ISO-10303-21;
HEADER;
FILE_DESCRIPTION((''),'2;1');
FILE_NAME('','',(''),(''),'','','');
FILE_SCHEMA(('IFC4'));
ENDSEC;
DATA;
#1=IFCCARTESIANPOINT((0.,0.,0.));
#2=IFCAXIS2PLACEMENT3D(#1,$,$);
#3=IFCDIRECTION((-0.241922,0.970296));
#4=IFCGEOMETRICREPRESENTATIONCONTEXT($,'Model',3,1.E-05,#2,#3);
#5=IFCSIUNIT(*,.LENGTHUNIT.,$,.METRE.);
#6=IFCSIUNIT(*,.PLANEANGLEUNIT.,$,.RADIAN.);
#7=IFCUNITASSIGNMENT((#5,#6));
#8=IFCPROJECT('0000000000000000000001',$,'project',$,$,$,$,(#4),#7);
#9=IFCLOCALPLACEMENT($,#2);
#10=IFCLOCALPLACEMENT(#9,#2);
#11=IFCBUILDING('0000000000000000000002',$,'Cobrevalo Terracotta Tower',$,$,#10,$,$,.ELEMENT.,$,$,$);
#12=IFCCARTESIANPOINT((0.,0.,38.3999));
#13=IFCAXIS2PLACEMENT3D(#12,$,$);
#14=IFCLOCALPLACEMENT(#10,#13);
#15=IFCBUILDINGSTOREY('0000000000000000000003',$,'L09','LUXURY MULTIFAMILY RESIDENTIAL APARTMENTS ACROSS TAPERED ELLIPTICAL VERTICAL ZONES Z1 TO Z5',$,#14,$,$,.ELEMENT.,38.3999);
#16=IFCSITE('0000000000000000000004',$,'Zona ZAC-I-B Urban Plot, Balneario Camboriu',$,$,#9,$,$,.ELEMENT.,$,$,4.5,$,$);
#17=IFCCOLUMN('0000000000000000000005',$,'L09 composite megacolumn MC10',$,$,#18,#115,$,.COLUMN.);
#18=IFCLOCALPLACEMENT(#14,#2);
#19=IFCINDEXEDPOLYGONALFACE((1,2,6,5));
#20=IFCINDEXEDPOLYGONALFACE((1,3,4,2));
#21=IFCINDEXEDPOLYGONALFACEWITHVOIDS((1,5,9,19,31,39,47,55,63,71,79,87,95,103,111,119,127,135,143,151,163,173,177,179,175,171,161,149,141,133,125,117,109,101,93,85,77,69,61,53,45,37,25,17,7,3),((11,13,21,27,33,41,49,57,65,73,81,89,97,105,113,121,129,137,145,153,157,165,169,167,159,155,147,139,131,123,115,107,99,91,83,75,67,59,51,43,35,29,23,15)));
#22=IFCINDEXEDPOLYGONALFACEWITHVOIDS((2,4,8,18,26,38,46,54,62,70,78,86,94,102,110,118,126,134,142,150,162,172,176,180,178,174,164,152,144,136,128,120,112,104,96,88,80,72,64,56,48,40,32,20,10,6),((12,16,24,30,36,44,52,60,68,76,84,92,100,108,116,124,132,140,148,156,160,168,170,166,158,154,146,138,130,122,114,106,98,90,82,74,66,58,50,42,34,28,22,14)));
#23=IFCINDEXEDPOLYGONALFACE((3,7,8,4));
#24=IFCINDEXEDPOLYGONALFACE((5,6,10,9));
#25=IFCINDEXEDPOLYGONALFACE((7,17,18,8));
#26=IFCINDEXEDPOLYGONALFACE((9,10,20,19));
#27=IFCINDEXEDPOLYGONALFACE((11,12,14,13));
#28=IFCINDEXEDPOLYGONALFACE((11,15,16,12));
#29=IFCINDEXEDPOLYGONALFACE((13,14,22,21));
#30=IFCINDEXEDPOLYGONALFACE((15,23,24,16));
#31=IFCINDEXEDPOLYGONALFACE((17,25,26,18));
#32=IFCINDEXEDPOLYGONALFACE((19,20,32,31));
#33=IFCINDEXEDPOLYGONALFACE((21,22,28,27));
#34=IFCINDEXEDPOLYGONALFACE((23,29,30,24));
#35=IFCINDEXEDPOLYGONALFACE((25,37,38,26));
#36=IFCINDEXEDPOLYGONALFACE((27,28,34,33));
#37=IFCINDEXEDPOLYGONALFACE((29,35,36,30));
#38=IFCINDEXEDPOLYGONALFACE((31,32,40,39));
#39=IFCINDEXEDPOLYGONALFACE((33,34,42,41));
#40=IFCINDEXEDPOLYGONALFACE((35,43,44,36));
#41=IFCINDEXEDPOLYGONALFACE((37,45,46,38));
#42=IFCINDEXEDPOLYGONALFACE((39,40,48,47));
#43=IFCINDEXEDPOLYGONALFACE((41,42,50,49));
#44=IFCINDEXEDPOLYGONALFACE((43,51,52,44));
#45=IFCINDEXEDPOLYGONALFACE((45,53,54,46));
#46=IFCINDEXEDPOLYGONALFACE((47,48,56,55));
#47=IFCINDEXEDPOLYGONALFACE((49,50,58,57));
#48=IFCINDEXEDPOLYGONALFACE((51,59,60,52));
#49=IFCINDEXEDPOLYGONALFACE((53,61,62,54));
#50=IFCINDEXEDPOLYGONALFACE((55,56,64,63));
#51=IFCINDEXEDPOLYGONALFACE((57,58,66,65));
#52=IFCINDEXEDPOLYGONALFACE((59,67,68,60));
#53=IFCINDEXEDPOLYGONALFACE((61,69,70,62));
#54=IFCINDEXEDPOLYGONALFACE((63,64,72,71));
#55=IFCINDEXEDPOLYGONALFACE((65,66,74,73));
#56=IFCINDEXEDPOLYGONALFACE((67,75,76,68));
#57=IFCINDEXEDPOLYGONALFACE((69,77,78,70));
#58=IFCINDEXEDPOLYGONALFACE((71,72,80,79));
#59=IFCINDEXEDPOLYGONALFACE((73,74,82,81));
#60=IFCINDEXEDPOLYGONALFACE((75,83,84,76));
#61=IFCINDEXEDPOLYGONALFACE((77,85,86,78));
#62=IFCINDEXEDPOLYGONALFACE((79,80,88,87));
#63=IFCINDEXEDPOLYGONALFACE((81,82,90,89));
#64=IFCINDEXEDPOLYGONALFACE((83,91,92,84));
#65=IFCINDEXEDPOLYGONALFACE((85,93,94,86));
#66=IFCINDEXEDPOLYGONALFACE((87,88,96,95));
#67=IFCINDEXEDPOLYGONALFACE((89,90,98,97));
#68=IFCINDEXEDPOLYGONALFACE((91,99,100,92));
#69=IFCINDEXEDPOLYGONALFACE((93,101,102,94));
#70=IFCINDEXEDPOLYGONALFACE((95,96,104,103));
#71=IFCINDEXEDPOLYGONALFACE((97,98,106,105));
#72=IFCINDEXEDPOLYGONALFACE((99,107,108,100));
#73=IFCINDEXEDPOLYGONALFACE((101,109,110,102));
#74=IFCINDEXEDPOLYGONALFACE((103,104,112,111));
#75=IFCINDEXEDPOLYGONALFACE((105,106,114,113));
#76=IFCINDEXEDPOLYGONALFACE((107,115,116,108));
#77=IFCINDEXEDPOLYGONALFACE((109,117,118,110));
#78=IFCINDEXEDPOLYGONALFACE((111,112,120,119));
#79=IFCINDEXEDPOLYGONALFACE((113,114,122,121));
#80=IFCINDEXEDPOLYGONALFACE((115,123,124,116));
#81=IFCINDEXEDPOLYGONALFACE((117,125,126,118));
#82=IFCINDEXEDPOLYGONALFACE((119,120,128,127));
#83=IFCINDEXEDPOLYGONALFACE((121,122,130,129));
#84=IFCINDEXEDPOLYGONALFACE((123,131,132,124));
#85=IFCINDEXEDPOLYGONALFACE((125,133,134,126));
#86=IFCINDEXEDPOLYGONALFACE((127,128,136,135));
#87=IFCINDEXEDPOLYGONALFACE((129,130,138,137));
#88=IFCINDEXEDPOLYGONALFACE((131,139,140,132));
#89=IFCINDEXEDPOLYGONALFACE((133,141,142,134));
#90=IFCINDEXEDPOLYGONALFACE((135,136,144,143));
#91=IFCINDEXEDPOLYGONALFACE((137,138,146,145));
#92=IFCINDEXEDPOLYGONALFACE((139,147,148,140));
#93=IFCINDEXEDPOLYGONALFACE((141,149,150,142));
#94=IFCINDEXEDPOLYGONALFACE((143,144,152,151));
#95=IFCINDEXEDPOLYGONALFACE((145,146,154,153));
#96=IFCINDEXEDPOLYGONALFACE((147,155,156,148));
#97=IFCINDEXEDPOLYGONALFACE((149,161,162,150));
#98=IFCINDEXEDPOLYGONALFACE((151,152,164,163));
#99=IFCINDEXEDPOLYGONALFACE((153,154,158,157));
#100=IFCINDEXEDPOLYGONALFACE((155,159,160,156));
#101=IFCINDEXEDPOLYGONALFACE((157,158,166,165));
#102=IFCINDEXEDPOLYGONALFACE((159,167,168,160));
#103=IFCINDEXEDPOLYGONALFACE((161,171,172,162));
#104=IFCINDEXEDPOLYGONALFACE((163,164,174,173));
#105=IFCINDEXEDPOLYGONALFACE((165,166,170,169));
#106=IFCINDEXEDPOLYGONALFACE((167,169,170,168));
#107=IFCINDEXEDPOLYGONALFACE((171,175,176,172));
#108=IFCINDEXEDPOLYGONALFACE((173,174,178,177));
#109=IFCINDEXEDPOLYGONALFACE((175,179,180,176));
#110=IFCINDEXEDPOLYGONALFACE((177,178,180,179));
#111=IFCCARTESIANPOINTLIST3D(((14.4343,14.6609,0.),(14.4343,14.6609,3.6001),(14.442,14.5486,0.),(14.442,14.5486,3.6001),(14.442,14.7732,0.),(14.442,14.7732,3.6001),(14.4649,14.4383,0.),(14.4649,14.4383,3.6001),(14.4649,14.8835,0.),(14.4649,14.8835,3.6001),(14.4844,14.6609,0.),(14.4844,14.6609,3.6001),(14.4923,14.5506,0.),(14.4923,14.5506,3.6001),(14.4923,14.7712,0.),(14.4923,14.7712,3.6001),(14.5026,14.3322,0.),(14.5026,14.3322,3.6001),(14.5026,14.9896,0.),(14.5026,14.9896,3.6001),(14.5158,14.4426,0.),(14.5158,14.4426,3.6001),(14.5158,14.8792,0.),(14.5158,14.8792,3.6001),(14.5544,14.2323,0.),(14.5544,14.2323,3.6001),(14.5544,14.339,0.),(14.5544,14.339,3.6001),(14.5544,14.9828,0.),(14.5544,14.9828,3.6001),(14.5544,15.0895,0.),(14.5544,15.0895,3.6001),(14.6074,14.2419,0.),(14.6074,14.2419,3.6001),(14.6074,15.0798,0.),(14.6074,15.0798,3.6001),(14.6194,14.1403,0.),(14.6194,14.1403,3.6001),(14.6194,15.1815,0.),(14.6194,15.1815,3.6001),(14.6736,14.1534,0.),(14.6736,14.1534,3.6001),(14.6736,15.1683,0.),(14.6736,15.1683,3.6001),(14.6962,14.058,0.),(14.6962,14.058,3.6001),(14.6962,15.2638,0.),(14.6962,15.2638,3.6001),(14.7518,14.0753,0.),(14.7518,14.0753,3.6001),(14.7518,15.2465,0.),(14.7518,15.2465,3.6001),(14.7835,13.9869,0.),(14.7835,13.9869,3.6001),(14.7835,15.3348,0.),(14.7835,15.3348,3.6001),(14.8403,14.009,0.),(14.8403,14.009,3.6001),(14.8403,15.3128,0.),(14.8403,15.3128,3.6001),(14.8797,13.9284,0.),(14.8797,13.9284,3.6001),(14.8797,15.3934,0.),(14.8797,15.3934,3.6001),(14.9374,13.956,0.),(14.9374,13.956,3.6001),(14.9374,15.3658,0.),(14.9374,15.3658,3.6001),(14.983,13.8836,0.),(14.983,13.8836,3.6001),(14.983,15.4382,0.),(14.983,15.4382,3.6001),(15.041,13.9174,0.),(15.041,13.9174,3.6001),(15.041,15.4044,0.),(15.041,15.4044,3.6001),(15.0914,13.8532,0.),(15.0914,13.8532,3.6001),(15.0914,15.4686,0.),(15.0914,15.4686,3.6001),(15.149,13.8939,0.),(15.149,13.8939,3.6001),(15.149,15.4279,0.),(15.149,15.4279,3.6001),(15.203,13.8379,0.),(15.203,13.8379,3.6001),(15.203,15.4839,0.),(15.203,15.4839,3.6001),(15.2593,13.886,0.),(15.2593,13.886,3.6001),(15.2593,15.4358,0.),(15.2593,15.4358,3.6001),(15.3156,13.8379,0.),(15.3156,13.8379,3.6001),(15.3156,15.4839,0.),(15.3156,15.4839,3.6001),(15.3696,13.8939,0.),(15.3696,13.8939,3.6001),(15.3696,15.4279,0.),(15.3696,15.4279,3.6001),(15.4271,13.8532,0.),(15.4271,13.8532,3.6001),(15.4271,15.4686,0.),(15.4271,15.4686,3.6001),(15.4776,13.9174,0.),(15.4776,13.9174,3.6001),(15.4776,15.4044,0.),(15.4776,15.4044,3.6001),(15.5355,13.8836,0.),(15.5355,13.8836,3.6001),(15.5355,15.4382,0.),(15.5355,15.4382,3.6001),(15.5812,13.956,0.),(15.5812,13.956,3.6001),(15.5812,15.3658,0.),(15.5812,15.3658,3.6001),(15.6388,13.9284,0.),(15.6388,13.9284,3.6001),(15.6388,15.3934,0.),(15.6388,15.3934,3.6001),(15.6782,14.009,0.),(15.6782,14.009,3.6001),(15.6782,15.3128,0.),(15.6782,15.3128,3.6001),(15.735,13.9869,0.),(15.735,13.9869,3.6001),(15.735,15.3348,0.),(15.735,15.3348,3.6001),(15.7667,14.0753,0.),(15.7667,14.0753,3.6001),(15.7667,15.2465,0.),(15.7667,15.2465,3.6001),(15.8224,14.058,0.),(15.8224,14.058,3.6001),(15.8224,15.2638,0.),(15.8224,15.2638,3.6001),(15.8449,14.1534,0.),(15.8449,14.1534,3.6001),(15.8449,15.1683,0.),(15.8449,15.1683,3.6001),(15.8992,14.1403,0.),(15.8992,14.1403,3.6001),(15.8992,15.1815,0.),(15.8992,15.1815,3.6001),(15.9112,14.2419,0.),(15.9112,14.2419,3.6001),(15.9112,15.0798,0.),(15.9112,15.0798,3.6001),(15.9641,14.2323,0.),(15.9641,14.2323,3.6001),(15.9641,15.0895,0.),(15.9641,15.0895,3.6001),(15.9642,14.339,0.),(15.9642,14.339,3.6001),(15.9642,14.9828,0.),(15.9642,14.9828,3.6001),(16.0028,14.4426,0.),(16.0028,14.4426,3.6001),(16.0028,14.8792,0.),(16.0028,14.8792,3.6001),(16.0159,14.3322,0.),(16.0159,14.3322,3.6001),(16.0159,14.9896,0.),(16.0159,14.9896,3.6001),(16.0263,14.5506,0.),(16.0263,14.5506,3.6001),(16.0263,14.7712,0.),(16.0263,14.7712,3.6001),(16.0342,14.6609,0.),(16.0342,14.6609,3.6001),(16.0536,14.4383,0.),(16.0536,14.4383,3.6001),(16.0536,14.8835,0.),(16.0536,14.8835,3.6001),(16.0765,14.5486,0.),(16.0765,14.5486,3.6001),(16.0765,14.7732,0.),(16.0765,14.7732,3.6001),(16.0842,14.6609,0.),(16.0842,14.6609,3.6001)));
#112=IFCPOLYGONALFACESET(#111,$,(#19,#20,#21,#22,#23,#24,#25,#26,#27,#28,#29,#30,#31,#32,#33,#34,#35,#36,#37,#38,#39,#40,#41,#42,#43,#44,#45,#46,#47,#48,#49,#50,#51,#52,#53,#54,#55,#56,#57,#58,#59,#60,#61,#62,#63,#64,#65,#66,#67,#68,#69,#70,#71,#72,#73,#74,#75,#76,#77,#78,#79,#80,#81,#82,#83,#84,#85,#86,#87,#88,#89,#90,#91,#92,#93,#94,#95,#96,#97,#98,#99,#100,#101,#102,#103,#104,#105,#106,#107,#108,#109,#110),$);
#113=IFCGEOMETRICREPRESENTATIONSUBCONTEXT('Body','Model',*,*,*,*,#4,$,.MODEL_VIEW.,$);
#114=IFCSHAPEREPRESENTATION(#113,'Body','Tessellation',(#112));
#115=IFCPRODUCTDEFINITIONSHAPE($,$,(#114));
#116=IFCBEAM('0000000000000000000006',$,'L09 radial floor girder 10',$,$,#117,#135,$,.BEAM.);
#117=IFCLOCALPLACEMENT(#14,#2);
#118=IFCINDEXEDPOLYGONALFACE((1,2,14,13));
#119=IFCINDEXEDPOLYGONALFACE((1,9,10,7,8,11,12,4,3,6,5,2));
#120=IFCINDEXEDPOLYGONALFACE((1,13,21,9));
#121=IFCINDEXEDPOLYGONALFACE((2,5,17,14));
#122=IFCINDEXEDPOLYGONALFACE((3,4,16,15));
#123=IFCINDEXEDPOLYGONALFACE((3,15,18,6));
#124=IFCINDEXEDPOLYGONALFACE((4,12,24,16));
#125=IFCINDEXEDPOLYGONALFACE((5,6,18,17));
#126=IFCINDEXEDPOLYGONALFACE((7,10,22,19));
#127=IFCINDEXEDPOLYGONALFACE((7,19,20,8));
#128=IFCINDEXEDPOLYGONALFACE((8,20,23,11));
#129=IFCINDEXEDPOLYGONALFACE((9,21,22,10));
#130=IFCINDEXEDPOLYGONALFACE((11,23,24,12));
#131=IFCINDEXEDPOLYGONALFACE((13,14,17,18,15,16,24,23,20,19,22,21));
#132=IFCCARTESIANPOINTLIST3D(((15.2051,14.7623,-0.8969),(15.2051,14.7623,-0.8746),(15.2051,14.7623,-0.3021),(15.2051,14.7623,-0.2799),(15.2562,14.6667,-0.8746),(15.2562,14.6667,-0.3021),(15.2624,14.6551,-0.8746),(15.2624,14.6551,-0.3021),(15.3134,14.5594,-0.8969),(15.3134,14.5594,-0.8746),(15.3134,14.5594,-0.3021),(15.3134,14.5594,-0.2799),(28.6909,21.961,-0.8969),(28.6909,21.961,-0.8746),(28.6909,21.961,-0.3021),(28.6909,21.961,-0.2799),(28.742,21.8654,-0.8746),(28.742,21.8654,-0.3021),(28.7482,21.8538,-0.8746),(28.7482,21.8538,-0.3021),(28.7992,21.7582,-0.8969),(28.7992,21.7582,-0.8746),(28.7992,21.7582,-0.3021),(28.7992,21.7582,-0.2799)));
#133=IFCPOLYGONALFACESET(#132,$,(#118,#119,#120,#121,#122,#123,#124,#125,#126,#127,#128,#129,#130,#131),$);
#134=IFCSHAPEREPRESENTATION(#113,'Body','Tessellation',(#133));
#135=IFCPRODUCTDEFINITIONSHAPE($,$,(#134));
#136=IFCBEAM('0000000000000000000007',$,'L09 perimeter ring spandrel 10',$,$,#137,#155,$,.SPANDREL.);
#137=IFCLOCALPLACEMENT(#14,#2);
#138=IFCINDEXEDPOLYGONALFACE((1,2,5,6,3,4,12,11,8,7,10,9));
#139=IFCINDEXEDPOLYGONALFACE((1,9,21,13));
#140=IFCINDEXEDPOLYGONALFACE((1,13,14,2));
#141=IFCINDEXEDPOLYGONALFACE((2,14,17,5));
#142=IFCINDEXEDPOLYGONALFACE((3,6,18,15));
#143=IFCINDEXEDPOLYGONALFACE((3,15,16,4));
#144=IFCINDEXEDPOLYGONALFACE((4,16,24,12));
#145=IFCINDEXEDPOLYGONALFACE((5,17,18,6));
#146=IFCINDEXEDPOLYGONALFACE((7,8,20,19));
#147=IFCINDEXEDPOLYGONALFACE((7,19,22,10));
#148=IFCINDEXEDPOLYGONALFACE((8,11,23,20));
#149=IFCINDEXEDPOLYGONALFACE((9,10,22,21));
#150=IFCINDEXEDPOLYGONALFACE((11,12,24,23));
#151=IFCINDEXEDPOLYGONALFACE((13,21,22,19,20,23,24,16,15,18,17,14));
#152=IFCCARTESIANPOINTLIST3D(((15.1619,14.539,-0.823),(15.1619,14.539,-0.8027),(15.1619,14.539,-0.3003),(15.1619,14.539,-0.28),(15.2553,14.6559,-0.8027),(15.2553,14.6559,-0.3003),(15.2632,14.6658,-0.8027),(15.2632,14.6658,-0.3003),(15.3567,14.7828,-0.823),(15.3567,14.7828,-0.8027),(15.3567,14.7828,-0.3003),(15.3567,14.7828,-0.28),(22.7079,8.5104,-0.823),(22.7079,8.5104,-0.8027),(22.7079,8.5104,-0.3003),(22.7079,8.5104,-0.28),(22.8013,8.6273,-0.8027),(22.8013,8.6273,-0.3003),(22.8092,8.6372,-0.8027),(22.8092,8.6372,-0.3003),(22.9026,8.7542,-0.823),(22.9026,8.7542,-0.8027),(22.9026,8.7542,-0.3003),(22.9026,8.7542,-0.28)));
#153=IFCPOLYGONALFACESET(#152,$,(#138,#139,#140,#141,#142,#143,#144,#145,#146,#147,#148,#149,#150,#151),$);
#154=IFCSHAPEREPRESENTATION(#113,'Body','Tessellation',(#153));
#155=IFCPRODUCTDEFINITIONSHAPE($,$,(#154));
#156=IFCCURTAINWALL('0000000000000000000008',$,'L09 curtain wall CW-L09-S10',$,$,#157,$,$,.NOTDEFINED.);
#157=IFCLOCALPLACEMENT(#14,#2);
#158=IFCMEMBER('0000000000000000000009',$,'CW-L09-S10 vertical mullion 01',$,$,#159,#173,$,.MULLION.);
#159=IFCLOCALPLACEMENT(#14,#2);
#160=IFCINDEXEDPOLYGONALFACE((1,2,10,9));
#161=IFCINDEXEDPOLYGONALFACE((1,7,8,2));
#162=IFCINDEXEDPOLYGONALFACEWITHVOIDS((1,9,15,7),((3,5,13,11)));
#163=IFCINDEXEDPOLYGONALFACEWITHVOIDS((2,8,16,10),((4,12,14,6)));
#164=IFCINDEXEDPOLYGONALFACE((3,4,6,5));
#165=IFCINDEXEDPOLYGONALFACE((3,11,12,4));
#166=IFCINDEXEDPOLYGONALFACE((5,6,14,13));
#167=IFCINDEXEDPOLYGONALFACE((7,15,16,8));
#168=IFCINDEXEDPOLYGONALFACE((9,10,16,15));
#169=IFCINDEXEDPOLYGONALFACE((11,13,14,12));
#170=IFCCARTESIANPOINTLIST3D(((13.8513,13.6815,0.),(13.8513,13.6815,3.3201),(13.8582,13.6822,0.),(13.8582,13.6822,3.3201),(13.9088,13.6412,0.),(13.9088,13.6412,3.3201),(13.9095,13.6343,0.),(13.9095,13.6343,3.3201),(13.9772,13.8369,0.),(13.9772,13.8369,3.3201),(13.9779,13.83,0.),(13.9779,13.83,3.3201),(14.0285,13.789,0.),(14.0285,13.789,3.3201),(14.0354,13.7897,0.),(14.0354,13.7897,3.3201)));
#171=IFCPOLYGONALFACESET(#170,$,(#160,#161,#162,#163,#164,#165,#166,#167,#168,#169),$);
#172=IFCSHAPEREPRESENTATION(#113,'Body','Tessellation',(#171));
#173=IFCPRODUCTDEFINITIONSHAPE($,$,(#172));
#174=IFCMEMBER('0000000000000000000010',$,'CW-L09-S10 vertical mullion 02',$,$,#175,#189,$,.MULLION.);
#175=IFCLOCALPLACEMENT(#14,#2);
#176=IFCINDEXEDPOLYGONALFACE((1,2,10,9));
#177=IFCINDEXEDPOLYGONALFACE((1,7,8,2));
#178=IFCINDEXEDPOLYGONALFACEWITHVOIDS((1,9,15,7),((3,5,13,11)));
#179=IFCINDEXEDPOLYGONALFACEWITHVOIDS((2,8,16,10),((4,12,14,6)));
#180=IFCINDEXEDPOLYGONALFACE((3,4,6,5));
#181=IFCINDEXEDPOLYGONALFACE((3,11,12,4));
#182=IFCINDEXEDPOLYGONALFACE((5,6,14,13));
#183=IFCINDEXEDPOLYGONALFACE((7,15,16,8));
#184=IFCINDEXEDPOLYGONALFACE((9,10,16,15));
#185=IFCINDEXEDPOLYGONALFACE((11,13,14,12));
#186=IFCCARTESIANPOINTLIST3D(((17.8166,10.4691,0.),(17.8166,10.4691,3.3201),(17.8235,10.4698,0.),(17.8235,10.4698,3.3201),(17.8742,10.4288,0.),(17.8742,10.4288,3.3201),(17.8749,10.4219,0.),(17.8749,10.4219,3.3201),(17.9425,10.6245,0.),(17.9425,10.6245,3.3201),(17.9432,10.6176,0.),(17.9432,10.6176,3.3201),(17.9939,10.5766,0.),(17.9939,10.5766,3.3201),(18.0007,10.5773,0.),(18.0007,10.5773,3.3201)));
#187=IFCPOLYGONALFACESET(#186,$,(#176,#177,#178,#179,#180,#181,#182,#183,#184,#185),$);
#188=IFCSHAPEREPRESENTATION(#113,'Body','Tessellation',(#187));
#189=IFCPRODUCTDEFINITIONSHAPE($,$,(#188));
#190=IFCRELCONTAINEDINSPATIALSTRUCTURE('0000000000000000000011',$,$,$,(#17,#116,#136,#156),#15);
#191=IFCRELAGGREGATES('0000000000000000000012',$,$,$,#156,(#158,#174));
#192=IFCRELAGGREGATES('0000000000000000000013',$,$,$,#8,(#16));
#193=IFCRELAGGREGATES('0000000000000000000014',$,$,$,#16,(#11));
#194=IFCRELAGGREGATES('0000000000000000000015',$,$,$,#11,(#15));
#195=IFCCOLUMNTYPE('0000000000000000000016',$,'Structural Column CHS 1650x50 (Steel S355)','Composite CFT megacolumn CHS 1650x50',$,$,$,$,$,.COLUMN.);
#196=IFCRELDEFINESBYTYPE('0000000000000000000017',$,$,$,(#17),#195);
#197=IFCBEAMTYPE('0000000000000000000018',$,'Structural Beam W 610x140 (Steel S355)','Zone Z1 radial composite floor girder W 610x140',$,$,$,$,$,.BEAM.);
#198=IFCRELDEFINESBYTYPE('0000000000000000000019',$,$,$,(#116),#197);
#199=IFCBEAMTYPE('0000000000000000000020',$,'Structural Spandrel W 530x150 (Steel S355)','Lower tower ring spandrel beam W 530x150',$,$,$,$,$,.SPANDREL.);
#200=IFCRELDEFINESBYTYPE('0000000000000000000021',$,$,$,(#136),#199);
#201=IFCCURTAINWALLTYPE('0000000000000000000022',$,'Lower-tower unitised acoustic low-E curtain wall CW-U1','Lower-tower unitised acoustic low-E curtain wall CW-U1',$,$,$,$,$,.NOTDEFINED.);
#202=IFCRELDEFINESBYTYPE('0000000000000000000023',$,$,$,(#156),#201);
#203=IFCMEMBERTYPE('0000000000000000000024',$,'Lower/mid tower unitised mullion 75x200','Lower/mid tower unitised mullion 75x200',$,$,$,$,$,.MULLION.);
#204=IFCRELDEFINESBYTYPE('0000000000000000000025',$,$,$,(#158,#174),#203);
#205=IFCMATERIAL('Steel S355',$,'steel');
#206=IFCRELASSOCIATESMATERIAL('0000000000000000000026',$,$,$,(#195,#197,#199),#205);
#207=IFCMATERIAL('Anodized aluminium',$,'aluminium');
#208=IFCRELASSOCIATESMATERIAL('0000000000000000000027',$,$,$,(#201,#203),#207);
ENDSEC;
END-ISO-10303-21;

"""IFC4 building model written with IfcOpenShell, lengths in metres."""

from ifc_helpers import new_model, si_unit, direction, frame, origin, origin_2d, place, context, subcontext, project, spatial, hollow_rectangle, hollow_circle, i_section, extrude, source, transform, mapped, material, material_profile, profile_set, type_object, element, aggregate, save


model = new_model("IFC4")

# Units and contexts
model_context = context("Model", 3, precision=1e-05, world=origin(), true_north=direction((-0.241922, 0.970296)))
body_context = subcontext(model_context, "Body", "Model", "MODEL_VIEW")
ifc_project = project(units=[si_unit("LENGTHUNIT", "METRE"), si_unit("PLANEANGLEUNIT", "RADIAN")], contexts=[model_context])

# Site, building, storey
site_placement = place(None, origin())
site = spatial("IfcSite", under=ifc_project, at=site_placement, Name="Zona ZAC-I-B Urban Plot, Balneario Camboriu", CompositionType="ELEMENT", RefElevation=4.5)
building_placement = place(site_placement, origin())
building = spatial("IfcBuilding", under=site, at=building_placement, Name="Cobrevalo Terracotta Tower", CompositionType="ELEMENT")
storey_placement = place(building_placement, frame((0.0, 0.0, 38.3999)))
storey = spatial("IfcBuildingStorey", under=building, at=storey_placement, Name="L09", Description="LUXURY MULTIFAMILY RESIDENTIAL APARTMENTS ACROSS TAPERED ELLIPTICAL VERTICAL ZONES Z1 TO Z5", CompositionType="ELEMENT", Elevation=38.3999)

# Column
ifc_material_1 = material(Name="Steel S355", Category="steel")
ifc_material_profile_1 = material_profile(ifc_material_1, hollow_circle(Radius=0.825, WallThickness=0.05, at=origin_2d()), Name="CHS 1650x50")
ifc_profile_set_1 = profile_set([ifc_material_profile_1], Name="Steel S355")
column_type = type_object("IfcColumnType", Name="Structural Column CHS 1650x50 (Steel S355)", Description="Composite CFT megacolumn CHS 1650x50", PredefinedType="COLUMN", material=ifc_profile_set_1)
for number, where, z_axis, x_axis, name in (
    (1, (15.2593, 14.6609, 0.0), (0.0, 0.0, 1.0), (1.0, 0.0, 0.0), "L09 composite megacolumn MC10"),
):
    element("IfcColumn", number, at=place(storey_placement, frame(where, z_axis=z_axis, x_axis=x_axis)), inside=storey, type_object=column_type, Name=name, PredefinedType="COLUMN", context=body_context, shape_type="SweptSolid", body=[
        extrude(hollow_circle(Radius=0.825, WallThickness=0.05, at=origin_2d()), origin(), (0.0, 0.0, 1.0), 3.6001),
    ])

# Beams
ifc_material_profile_2 = material_profile(ifc_material_1, i_section(OverallWidth=0.23, OverallDepth=0.6169, WebThickness=0.0132, FlangeThickness=0.0222, at=origin_2d()), Name="W 610x140")
ifc_profile_set_2 = profile_set([ifc_material_profile_2], Name="Steel S355")
beam_type_1 = type_object("IfcBeamType", Name="Structural Beam W 610x140 (Steel S355)", Description="Zone Z1 radial composite floor girder W 610x140", PredefinedType="BEAM", material=ifc_profile_set_2)
beam_1_placement = place(storey_placement, frame((15.2593, 14.6609, -0.5884), z_axis=(0.882182, 0.470908, 0.0), x_axis=(-0.470908, 0.882182, 0.0)))
element("IfcBeam", 2, at=beam_1_placement, inside=storey, type_object=beam_type_1, Name="L09 radial floor girder 10", PredefinedType="BEAM", context=body_context, shape_type="SweptSolid", body=[
    extrude(i_section(OverallWidth=0.23, OverallDepth=0.6169, WebThickness=0.0132, FlangeThickness=0.0222, at=origin_2d()), origin(), (0.0, 0.0, 1.0), 15.2869),
])
ifc_material_profile_3 = material_profile(ifc_material_1, i_section(OverallWidth=0.312, OverallDepth=0.543, WebThickness=0.0127, FlangeThickness=0.0203, at=origin_2d()), Name="W 530x150")
ifc_profile_set_3 = profile_set([ifc_material_profile_3], Name="Steel S355")
beam_type_2 = type_object("IfcBeamType", Name="Structural Spandrel W 530x150 (Steel S355)", Description="Lower tower ring spandrel beam W 530x150", PredefinedType="SPANDREL", material=ifc_profile_set_3)
beam_2_placement = place(storey_placement, frame((15.2593, 14.6609, -0.5515), z_axis=(0.78128, -0.62418, 0.0), x_axis=(0.62418, 0.78128, 0.0)))
element("IfcBeam", 3, at=beam_2_placement, inside=storey, type_object=beam_type_2, Name="L09 perimeter ring spandrel 10", PredefinedType="SPANDREL", context=body_context, shape_type="SweptSolid", body=[
    extrude(i_section(OverallWidth=0.312, OverallDepth=0.543, WebThickness=0.0127, FlangeThickness=0.0203, at=origin_2d()), origin(), (0.0, 0.0, 1.0), 9.6584),
])

# Curtain wall, members
ifc_material_2 = material(Name="Anodized aluminium", Category="aluminium")
curtain_wall_type = type_object("IfcCurtainWallType", Name="Lower-tower unitised acoustic low-E curtain wall CW-U1", Description="Lower-tower unitised acoustic low-E curtain wall CW-U1", PredefinedType="NOTDEFINED", material=ifc_material_2)
curtain_wall_placement = place(storey_placement, origin())
curtain_wall = element("IfcCurtainWall", 4, at=curtain_wall_placement, inside=storey, type_object=curtain_wall_type, Name="L09 curtain wall CW-L09-S10", PredefinedType="NOTDEFINED")
ifc_material_profile_4 = material_profile(ifc_material_2, hollow_rectangle(XDim=0.075, YDim=0.2, WallThickness=0.0049, at=origin_2d()), Name="CWM 75x200")
ifc_profile_set_4 = profile_set([ifc_material_profile_4], Name="Anodized aluminium")
member_type_1 = type_object("IfcMemberType", Name="Lower/mid tower unitised mullion 75x200", Description="Lower/mid tower unitised mullion 75x200", PredefinedType="MULLION", material=ifc_profile_set_4)
shared_shape_1 = source(origin(), body_context, "Body", "SweptSolid", [
    extrude(hollow_rectangle(XDim=0.075, YDim=0.2, WallThickness=0.0049, at=origin_2d()), origin(), (0.0, 0.0, 1.0), 3.3201),
])
member_1_placement = place(storey_placement, frame((13.9434, 13.7356, 0.0), z_axis=(0.0, 0.0, 1.0), x_axis=(0.777003, -0.629497, 0.0)))
member_1 = element("IfcMember", 5, at=member_1_placement, type_object=member_type_1, Name="CW-L09-S10 vertical mullion 01", PredefinedType="MULLION", context=body_context, shape_type="MappedRepresentation", body=[
    mapped(shared_shape_1, transform((0.0, 0.0, 0.0), scale=1.0)),
])
member_2_placement = place(storey_placement, frame((17.9087, 10.5232, 0.0), z_axis=(0.0, 0.0, 1.0), x_axis=(0.777003, -0.629497, 0.0)))
member_2 = element("IfcMember", 6, at=member_2_placement, type_object=member_type_1, Name="CW-L09-S10 vertical mullion 02", PredefinedType="MULLION", context=body_context, shape_type="MappedRepresentation", body=[
    mapped(shared_shape_1, transform((0.0, 0.0, 0.0), scale=1.0)),
])

aggregate(curtain_wall, [member_1, member_2])

save(model, "model.ifc")
